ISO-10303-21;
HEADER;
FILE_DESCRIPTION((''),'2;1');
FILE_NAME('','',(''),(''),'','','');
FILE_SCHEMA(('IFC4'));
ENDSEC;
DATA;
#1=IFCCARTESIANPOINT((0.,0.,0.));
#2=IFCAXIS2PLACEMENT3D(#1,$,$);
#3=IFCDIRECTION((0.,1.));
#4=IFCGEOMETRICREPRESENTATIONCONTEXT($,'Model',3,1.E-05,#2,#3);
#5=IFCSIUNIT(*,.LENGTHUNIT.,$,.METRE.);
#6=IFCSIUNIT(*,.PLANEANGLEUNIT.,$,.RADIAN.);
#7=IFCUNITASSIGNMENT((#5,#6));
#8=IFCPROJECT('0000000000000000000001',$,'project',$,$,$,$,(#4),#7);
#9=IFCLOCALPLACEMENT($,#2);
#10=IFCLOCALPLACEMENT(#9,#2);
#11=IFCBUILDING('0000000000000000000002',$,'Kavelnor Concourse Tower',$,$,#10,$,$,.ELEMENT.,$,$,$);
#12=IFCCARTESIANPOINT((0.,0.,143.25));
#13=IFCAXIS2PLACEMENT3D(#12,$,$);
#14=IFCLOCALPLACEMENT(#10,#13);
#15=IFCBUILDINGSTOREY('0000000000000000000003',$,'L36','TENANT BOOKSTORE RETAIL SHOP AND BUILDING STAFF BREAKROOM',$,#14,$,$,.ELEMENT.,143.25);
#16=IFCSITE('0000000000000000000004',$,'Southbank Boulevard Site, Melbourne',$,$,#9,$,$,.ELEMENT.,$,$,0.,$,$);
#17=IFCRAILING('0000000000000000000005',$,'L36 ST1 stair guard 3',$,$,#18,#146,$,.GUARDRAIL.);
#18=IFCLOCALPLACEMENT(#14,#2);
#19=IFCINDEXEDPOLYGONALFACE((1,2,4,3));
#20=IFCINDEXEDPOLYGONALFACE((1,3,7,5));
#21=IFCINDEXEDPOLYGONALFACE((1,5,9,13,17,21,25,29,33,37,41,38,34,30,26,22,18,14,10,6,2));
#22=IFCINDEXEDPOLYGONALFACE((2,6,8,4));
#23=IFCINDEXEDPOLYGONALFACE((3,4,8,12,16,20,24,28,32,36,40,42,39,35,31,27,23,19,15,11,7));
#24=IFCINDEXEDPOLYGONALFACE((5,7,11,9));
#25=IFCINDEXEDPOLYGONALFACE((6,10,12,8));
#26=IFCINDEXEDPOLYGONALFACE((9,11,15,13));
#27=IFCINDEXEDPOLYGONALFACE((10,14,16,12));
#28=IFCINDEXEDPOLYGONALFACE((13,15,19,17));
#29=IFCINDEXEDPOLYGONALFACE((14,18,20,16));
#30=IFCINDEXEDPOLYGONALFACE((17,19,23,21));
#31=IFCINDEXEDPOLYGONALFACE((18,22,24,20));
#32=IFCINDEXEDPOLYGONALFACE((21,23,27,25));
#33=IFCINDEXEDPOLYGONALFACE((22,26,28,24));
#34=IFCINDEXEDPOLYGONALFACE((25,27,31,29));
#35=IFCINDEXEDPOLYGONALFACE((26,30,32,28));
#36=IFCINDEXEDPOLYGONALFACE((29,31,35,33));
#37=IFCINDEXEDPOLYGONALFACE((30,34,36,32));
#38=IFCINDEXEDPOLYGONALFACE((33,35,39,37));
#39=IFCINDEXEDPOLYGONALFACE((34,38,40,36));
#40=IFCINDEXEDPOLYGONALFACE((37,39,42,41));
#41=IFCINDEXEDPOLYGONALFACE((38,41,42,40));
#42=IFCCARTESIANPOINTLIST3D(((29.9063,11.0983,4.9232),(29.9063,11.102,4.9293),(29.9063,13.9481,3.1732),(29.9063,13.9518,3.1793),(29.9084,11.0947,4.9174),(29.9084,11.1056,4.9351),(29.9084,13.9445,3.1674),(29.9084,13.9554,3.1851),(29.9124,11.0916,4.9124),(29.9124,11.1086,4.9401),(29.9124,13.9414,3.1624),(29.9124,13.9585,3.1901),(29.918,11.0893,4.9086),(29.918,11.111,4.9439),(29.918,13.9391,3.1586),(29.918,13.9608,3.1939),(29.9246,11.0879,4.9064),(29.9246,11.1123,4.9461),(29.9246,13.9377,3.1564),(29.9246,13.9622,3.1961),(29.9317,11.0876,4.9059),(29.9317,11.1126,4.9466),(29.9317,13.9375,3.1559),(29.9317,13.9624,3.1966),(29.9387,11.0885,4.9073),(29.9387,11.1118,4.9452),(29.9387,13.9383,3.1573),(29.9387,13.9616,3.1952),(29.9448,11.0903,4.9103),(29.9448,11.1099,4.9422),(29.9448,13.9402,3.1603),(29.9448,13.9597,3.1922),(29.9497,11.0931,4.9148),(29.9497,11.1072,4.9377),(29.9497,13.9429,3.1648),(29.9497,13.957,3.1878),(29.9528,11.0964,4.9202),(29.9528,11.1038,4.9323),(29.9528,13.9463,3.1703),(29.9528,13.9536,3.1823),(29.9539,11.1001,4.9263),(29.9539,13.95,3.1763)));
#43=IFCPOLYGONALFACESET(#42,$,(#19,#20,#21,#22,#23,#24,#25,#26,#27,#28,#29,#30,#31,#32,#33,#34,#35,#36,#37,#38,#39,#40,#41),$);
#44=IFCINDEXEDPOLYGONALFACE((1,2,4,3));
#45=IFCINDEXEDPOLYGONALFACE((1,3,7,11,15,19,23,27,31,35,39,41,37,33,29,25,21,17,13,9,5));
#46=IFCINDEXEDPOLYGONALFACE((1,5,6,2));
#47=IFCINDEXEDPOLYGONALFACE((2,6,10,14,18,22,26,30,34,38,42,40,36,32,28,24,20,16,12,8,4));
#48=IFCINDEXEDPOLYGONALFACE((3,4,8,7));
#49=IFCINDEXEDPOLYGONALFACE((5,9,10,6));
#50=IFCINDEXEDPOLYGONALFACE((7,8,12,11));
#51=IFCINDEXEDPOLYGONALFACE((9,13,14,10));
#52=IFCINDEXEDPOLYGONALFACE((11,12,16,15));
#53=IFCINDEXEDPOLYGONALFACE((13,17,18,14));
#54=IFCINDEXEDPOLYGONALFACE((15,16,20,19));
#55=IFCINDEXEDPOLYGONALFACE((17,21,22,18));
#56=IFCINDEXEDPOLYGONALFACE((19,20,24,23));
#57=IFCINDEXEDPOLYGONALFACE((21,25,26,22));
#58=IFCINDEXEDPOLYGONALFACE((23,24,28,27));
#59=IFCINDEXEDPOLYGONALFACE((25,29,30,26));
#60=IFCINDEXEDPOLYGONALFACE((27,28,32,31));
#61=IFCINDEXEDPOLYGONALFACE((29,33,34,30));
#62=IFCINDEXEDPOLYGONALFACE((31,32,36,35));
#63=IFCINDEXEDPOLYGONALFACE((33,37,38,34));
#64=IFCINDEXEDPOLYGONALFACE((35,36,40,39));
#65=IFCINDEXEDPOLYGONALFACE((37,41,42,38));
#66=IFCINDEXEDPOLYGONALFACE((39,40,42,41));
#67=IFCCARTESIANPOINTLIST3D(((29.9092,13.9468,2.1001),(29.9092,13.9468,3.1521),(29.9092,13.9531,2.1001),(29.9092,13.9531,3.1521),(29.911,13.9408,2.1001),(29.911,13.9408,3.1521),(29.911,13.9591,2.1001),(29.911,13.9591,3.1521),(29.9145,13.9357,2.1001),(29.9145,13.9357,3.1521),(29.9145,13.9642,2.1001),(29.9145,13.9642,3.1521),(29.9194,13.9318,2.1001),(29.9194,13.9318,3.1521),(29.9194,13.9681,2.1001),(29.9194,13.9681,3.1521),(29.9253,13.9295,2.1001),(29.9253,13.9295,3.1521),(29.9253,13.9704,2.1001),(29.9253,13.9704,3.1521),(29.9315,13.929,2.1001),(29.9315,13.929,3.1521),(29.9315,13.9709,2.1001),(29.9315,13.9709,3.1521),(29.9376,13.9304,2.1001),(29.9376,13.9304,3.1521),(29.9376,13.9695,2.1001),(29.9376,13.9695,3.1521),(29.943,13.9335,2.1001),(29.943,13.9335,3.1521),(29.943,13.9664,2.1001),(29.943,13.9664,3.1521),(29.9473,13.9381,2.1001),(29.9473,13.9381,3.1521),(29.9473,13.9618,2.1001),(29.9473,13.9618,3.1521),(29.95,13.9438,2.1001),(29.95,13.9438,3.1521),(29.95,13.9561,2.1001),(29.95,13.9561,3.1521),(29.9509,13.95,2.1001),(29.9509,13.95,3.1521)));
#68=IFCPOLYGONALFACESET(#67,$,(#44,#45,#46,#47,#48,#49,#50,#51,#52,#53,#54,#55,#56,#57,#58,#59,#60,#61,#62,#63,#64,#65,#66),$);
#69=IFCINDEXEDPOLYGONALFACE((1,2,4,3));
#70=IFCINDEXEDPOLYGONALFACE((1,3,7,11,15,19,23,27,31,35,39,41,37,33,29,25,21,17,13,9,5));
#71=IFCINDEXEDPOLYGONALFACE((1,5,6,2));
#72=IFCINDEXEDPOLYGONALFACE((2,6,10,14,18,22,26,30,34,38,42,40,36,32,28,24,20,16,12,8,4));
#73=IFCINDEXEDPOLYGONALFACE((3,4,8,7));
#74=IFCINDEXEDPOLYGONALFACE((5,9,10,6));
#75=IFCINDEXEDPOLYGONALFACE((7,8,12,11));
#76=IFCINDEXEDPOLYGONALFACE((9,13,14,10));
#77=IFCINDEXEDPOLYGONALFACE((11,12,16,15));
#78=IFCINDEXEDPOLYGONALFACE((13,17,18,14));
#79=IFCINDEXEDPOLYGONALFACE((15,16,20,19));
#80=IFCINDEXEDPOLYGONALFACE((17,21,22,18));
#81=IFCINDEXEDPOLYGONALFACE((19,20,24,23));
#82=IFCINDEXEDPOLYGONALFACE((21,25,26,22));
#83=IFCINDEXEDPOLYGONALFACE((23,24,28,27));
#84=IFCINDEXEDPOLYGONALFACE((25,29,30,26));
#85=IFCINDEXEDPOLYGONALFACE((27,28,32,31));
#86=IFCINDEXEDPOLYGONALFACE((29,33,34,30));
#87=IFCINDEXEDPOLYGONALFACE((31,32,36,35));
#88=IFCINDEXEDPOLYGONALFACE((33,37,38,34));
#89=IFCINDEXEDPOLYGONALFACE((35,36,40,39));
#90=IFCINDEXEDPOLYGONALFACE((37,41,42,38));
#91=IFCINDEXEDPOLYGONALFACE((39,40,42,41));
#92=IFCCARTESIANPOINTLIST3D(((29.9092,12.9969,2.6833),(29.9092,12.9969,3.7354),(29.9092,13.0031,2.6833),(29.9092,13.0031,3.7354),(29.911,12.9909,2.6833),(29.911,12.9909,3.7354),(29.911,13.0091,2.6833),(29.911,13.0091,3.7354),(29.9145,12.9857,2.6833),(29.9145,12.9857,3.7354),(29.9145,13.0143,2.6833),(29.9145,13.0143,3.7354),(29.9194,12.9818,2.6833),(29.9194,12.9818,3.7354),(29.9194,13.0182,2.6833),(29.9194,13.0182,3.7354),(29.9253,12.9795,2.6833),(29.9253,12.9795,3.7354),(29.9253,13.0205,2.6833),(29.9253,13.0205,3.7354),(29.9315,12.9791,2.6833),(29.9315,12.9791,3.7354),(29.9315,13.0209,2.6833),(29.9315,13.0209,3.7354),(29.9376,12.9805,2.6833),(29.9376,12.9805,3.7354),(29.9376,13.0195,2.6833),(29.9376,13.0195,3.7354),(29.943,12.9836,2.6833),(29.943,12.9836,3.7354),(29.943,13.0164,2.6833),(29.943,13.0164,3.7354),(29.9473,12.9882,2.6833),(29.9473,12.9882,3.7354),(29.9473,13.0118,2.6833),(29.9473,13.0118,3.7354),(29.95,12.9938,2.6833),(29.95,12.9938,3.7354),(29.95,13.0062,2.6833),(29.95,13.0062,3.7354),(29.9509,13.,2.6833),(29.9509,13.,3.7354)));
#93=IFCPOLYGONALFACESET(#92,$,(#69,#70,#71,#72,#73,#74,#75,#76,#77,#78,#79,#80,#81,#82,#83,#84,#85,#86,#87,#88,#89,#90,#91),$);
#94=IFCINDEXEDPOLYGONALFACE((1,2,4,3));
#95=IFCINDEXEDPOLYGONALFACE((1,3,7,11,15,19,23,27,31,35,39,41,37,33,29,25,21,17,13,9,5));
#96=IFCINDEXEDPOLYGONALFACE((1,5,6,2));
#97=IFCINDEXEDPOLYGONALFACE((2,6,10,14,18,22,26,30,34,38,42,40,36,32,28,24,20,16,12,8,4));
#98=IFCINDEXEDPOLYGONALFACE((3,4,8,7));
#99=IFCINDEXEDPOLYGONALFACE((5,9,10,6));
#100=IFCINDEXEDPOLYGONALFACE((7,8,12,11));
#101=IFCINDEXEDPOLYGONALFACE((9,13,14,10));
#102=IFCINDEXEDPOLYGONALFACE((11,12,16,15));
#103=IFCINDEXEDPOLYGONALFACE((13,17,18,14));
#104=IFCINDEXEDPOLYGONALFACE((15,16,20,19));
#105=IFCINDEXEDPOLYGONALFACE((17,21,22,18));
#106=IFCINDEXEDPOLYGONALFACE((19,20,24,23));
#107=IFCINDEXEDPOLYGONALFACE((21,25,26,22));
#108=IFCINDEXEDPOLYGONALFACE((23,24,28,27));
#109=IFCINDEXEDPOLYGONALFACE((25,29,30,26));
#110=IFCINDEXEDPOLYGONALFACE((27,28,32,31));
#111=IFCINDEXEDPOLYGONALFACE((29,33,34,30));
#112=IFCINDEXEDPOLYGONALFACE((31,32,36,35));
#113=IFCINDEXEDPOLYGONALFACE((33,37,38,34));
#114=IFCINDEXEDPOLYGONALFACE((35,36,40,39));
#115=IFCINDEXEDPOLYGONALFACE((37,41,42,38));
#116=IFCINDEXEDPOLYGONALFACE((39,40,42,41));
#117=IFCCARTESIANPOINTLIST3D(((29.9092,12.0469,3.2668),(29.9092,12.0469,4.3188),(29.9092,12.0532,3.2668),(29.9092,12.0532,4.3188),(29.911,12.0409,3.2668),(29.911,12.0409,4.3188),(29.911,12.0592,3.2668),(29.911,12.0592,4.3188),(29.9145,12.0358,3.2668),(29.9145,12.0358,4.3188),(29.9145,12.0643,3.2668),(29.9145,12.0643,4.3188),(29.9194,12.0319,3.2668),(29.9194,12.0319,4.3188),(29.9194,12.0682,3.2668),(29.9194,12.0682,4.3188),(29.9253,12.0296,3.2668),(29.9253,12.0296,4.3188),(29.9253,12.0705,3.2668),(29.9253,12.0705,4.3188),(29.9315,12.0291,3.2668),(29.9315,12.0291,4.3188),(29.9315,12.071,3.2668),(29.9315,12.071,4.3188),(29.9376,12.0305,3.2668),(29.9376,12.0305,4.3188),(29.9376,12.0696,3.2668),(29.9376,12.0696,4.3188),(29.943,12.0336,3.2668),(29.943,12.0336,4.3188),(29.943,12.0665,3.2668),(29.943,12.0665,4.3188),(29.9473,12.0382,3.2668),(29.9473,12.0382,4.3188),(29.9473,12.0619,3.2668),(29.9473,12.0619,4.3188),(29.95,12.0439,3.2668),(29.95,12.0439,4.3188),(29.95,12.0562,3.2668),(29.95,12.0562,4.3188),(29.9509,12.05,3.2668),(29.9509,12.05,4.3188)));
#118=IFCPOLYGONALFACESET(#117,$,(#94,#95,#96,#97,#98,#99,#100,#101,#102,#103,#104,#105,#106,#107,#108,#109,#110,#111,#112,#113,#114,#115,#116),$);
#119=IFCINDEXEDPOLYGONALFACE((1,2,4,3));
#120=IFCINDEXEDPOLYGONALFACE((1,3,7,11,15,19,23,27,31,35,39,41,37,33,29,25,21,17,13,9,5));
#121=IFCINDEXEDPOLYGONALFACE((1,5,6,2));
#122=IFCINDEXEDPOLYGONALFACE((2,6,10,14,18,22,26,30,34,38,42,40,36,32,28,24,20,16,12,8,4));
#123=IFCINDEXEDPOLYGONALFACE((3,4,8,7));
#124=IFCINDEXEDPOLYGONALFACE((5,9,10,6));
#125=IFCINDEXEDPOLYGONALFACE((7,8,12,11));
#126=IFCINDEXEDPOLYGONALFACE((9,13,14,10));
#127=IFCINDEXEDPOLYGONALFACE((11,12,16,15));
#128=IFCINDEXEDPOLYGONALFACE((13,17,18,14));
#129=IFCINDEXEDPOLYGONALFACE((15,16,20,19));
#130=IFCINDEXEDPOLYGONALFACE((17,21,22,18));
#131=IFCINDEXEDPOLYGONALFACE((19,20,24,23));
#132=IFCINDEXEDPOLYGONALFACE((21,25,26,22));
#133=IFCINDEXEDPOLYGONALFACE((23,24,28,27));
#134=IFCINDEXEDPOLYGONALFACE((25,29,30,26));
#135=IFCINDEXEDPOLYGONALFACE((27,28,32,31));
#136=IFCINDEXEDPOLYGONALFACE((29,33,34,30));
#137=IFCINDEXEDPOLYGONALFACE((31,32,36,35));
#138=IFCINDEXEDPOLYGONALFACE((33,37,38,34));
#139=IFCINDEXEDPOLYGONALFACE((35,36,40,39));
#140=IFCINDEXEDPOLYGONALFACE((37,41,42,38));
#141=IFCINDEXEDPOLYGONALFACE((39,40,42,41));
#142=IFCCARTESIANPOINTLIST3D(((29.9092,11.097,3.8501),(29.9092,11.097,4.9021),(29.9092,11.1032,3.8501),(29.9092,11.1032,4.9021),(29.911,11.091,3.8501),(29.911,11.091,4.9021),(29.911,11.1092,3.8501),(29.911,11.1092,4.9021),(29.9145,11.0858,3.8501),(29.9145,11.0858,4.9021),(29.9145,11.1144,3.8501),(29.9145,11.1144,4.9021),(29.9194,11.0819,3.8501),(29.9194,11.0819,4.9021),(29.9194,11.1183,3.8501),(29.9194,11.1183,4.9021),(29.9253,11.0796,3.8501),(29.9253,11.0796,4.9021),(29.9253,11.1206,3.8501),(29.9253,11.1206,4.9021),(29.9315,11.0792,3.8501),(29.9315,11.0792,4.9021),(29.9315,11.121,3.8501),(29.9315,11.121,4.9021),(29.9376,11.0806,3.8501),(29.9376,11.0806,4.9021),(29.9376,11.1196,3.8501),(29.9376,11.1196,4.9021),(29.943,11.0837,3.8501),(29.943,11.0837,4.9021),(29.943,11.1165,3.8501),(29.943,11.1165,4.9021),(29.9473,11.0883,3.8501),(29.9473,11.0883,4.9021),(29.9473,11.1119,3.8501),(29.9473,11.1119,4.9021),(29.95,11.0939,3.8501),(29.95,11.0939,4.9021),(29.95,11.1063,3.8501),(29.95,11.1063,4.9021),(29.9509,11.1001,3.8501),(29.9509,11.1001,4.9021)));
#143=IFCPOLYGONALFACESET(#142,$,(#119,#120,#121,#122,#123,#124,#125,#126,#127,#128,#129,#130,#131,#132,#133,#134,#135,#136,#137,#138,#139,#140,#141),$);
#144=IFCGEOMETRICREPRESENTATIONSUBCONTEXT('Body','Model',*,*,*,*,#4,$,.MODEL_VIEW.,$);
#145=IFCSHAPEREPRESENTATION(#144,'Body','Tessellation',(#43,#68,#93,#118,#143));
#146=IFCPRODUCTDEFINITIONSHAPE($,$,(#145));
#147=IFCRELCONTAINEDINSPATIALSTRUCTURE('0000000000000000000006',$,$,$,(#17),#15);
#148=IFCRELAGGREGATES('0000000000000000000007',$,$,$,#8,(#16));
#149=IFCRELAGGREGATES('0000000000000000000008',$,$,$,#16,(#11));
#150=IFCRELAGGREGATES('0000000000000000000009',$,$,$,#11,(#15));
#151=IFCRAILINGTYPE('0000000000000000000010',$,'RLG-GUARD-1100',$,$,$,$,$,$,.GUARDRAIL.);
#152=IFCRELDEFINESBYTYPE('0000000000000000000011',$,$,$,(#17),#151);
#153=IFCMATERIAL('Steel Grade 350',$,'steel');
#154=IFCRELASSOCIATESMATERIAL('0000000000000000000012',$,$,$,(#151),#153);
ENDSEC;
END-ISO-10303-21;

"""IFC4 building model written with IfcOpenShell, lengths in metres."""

from ifc_helpers import new_model, si_unit, direction, frame, origin, origin_2d, place, context, subcontext, project, spatial, circle, extrude, material, type_object, element, save


model = new_model("IFC4")

# Units and contexts
model_context = context("Model", 3, precision=1e-05, world=origin(), true_north=direction((0.0, 1.0)))
body_context = subcontext(model_context, "Body", "Model", "MODEL_VIEW")
ifc_project = project(units=[si_unit("LENGTHUNIT", "METRE"), si_unit("PLANEANGLEUNIT", "RADIAN")], contexts=[model_context])

# Site, building, storey
site_placement = place(None, origin())
site = spatial("IfcSite", under=ifc_project, at=site_placement, Name="Southbank Boulevard Site, Melbourne", CompositionType="ELEMENT", RefElevation=0.0)
building_placement = place(site_placement, origin())
building = spatial("IfcBuilding", under=site, at=building_placement, Name="Kavelnor Concourse Tower", CompositionType="ELEMENT")
storey_placement = place(building_placement, frame((0.0, 0.0, 143.25)))
storey = spatial("IfcBuildingStorey", under=building, at=storey_placement, Name="L36", Description="TENANT BOOKSTORE RETAIL SHOP AND BUILDING STAFF BREAKROOM", CompositionType="ELEMENT", Elevation=143.25)

# Shared definitions
ifc_material_1 = material(Name="Steel Grade 350", Category="steel")

# Railing
railing_type_1 = type_object("IfcRailingType", Name="RLG-GUARD-1100", PredefinedType="GUARDRAIL", material=ifc_material_1)
railing_1_placement = place(storey_placement, frame((29.9299, 13.95, 2.1001)))
element("IfcRailing", 1, at=railing_1_placement, inside=storey, type_object=railing_type_1, Name="L36 ST1 stair guard 3", PredefinedType="GUARDRAIL", context=body_context, shape_type="SweptSolid", body=[
    extrude(circle(Radius=0.0239, at=origin_2d()), frame((0.0, 0.0, 1.0762), z_axis=(0.0, -0.852159, 0.523283), x_axis=(1.0, 0.0, 0.0)), (0.0, 0.0, 1.0), 3.3442),
    extrude(circle(Radius=0.021, at=origin_2d()), origin(), (0.0, 0.0, 1.0), 1.052),
    extrude(circle(Radius=0.021, at=origin_2d()), frame((0.0, -0.95, 0.5833)), (0.0, 0.0, 1.0), 1.052),
    extrude(circle(Radius=0.021, at=origin_2d()), frame((0.0, -1.8999, 1.1667)), (0.0, 0.0, 1.0), 1.052),
    extrude(circle(Radius=0.021, at=origin_2d()), frame((0.0, -2.8499, 1.75)), (0.0, 0.0, 1.0), 1.052),
])

save(model, "model.ifc")
